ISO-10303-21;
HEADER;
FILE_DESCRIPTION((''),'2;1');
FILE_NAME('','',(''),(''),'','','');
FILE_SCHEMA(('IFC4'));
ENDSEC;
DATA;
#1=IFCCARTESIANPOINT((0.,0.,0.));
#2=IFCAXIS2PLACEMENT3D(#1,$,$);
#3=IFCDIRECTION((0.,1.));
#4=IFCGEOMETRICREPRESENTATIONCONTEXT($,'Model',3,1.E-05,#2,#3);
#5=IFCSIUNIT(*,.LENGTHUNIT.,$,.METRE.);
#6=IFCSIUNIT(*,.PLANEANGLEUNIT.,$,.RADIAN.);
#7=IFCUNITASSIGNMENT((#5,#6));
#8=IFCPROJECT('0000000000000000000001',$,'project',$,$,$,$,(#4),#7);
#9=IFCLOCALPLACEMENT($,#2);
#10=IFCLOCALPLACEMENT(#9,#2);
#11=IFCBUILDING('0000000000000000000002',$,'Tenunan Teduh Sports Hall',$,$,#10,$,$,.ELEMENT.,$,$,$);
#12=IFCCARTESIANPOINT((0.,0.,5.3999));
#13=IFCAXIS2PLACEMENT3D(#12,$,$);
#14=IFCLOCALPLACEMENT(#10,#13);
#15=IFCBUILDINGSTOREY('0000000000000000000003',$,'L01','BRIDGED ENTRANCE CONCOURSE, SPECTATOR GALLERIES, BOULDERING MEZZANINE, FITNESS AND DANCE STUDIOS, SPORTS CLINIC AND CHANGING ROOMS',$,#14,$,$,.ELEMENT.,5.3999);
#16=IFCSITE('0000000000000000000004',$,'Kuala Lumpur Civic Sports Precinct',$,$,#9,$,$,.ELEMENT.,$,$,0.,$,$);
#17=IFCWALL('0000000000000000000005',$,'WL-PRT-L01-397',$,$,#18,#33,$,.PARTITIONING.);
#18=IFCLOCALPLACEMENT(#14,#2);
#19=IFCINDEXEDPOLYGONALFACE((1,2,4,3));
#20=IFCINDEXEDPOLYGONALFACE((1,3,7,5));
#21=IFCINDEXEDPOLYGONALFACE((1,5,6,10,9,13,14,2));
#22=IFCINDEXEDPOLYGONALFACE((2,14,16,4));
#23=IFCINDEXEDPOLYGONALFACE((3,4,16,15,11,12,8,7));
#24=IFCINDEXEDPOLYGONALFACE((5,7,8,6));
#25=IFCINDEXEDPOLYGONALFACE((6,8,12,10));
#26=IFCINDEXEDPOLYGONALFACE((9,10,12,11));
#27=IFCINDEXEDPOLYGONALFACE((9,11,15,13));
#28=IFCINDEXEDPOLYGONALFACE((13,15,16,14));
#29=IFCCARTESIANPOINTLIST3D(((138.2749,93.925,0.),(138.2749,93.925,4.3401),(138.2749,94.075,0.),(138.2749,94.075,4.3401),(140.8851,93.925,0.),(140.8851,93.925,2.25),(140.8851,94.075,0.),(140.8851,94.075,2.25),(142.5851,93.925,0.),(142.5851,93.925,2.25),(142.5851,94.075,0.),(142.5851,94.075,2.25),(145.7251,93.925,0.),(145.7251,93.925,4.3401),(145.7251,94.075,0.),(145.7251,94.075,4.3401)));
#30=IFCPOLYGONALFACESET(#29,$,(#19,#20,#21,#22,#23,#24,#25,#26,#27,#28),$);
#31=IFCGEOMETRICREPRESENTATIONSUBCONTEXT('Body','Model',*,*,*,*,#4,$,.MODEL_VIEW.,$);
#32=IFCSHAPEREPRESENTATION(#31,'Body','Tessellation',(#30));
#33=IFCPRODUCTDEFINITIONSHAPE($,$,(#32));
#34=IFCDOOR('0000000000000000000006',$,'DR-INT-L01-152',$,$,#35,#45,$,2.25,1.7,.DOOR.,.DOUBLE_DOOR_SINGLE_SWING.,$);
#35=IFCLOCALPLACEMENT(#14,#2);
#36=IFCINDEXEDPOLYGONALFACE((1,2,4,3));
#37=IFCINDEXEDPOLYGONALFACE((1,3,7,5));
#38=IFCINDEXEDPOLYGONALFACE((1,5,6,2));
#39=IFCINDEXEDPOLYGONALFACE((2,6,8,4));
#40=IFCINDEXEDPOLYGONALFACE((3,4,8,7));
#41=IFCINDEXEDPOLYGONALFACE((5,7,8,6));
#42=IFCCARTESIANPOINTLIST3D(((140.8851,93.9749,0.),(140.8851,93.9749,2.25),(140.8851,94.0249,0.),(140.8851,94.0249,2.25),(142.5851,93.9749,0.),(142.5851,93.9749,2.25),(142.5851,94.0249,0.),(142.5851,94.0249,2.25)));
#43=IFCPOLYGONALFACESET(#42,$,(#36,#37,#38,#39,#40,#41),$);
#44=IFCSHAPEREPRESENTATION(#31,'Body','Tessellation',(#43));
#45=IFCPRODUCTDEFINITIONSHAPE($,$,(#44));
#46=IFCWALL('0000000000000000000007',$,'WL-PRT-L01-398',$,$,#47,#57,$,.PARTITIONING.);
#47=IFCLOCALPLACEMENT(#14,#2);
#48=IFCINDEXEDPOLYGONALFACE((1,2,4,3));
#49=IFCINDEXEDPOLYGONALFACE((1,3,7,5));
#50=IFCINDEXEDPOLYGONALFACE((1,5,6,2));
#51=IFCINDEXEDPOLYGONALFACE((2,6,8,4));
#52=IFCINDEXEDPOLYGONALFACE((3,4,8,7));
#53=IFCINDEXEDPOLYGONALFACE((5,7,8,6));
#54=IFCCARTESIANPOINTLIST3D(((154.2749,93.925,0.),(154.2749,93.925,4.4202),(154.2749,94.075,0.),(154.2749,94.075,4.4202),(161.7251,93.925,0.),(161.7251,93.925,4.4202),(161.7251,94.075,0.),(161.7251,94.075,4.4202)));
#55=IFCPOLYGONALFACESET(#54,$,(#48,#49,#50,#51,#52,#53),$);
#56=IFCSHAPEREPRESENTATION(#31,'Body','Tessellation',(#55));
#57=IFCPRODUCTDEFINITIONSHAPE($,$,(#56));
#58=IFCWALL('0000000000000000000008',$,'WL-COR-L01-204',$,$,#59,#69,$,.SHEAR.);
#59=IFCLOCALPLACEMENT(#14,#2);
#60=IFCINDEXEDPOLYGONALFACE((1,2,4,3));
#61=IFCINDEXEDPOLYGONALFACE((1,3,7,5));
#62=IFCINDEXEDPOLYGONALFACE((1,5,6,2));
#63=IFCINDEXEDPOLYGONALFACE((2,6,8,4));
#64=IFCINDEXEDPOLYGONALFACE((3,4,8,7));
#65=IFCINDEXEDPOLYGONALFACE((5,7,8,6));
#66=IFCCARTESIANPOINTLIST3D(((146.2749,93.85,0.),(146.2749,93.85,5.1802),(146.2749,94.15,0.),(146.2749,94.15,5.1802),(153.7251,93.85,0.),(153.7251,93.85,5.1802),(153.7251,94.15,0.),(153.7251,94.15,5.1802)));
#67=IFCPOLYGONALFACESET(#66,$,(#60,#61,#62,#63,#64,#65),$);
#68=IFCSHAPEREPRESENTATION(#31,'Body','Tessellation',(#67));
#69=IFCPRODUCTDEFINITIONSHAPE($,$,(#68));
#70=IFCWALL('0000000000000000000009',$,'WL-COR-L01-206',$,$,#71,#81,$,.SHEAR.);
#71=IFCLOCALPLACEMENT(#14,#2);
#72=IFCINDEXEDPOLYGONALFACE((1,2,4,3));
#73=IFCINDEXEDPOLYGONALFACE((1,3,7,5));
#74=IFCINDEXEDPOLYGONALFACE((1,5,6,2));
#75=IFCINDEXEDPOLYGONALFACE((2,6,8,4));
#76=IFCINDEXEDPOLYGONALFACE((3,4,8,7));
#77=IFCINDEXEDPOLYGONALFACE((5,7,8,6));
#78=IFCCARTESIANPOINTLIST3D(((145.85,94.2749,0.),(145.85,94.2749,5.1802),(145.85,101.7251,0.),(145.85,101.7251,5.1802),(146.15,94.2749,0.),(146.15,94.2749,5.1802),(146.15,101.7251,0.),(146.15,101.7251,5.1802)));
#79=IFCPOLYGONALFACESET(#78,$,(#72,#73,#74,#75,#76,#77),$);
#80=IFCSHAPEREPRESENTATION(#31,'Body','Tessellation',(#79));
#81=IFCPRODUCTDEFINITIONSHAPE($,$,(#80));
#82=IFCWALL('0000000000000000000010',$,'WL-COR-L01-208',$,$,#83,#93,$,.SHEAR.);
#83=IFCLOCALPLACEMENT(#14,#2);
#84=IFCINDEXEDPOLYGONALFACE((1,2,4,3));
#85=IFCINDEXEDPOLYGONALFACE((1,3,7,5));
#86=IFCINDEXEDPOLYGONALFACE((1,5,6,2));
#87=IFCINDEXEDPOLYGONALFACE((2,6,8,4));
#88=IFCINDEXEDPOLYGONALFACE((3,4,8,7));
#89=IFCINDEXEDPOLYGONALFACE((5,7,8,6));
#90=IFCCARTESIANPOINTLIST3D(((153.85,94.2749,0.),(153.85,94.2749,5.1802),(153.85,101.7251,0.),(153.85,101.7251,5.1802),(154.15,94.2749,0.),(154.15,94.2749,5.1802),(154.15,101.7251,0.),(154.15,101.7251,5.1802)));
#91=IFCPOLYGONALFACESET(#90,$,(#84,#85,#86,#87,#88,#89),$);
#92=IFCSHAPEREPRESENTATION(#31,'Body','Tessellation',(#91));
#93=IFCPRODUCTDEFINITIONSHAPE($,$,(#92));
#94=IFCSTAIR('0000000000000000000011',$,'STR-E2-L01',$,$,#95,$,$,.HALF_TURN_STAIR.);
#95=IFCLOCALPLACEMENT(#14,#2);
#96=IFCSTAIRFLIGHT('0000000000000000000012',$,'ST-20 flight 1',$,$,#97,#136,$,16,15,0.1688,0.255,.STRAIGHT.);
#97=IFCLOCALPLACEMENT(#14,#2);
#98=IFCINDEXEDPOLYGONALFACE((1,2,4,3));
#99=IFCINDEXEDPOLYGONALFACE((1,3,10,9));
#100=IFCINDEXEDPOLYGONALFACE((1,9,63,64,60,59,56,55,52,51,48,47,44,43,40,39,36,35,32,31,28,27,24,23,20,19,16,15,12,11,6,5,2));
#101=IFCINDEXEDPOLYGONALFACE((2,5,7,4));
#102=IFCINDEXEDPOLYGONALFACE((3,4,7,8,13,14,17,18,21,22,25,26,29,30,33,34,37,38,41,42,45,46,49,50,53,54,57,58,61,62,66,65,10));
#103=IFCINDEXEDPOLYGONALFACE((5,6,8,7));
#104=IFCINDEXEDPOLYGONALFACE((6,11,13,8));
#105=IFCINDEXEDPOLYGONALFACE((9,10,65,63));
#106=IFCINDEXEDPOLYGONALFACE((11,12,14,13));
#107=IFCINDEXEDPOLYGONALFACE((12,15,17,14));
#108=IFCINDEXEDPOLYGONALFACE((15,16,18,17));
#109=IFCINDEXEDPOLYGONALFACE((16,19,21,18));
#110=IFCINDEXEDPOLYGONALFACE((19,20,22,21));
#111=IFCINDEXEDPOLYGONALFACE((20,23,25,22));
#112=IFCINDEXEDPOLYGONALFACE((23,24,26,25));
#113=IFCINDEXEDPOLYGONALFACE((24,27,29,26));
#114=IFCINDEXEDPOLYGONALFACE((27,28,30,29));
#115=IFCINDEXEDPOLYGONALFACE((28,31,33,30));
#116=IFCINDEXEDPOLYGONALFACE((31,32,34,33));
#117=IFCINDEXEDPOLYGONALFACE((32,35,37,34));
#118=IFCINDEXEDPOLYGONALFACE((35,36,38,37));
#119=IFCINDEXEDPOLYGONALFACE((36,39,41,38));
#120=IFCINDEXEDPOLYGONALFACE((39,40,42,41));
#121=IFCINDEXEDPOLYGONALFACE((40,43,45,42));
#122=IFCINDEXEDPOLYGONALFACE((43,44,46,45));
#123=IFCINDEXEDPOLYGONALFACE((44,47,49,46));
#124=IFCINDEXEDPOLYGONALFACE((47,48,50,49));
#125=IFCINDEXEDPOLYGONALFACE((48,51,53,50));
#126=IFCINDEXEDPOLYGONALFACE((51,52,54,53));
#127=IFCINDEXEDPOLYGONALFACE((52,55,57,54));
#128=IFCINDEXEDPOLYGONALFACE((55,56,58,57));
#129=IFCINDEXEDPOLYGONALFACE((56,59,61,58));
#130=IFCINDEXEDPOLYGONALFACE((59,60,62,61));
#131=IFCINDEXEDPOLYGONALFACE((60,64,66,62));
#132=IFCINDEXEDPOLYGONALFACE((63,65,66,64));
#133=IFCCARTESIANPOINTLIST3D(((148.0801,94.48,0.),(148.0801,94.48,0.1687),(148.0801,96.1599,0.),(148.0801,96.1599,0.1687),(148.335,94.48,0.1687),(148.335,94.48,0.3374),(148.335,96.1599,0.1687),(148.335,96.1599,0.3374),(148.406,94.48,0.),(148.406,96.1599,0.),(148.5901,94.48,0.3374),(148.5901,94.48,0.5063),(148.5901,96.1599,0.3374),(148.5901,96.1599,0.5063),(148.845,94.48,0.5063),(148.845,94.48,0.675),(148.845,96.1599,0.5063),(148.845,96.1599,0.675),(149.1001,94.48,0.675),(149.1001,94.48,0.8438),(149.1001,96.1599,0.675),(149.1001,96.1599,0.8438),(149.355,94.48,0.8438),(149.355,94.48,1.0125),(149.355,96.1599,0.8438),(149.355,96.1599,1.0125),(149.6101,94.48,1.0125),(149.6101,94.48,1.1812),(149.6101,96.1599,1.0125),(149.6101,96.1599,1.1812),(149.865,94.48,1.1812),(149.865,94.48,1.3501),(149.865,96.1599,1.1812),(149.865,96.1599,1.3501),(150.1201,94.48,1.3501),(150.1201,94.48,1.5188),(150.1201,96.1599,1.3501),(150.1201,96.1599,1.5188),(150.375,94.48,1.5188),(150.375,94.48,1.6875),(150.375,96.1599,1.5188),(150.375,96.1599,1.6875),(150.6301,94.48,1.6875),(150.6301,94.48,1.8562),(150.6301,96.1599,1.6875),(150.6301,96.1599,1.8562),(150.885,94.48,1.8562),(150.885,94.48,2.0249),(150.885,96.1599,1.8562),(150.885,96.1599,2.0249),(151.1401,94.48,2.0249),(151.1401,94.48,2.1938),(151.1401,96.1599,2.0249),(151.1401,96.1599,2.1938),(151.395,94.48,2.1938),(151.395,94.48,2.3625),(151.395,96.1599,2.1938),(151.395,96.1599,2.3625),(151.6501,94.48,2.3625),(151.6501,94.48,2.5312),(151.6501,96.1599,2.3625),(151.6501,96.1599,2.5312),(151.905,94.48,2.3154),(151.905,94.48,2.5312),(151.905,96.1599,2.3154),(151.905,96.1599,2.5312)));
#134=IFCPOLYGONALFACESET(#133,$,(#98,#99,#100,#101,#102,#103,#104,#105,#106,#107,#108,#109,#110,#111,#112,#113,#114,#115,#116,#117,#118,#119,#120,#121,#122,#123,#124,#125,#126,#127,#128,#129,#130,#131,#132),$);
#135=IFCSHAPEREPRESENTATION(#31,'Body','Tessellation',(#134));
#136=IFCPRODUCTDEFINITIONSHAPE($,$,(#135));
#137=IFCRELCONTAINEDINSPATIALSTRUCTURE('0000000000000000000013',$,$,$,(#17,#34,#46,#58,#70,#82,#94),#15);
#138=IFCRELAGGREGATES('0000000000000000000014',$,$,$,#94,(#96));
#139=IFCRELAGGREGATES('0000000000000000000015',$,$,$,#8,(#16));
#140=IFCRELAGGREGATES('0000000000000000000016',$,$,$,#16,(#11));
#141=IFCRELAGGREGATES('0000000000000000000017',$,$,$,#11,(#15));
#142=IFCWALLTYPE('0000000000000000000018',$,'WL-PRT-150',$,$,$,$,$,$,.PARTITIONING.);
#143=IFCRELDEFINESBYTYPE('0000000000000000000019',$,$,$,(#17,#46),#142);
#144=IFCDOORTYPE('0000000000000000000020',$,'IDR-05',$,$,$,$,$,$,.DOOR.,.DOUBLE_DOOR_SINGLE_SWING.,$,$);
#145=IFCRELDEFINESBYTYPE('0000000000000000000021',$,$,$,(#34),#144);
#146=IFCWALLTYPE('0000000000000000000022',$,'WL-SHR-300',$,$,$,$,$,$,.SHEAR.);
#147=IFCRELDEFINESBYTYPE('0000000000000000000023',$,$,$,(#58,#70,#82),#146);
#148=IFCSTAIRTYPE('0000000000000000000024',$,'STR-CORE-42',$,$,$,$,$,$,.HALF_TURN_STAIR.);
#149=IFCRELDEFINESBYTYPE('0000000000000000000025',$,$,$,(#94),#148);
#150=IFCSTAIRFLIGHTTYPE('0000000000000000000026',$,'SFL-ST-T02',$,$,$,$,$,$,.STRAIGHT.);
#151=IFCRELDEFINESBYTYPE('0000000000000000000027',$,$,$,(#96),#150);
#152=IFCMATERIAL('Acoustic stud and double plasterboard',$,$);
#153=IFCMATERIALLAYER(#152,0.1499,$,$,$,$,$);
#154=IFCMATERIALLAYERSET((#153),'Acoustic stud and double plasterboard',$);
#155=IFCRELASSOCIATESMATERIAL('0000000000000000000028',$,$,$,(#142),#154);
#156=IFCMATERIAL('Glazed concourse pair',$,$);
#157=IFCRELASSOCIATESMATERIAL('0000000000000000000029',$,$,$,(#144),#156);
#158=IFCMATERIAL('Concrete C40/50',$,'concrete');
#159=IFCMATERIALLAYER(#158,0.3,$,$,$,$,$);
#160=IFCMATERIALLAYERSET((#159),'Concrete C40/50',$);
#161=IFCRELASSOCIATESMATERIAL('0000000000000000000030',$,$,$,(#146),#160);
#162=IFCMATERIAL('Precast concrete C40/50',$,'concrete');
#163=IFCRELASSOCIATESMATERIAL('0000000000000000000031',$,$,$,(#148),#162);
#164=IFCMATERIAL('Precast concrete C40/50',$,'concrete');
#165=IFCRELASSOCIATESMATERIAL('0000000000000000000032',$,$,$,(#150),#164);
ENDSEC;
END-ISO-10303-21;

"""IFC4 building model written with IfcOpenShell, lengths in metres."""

from ifc_helpers import new_model, si_unit, direction, frame, frame_2d, origin, place, context, subcontext, project, spatial, polyline, rectangle, outline, extrude, material, layer, layer_set, type_object, element, fill, aggregate, save


model = new_model("IFC4")

# Units and contexts
model_context = context("Model", 3, precision=1e-05, world=origin(), true_north=direction((0.0, 1.0)))
body_context = subcontext(model_context, "Body", "Model", "MODEL_VIEW")
ifc_project = project(units=[si_unit("LENGTHUNIT", "METRE"), si_unit("PLANEANGLEUNIT", "RADIAN")], contexts=[model_context])

# Site, building, storey
site_placement = place(None, origin())
site = spatial("IfcSite", under=ifc_project, at=site_placement, Name="Kuala Lumpur Civic Sports Precinct", CompositionType="ELEMENT", RefElevation=0.0)
building_placement = place(site_placement, origin())
building = spatial("IfcBuilding", under=site, at=building_placement, Name="Tenunan Teduh Sports Hall", CompositionType="ELEMENT")
storey_placement = place(building_placement, frame((0.0, 0.0, 5.3999)))
storey = spatial("IfcBuildingStorey", under=building, at=storey_placement, Name="L01", Description="BRIDGED ENTRANCE CONCOURSE, SPECTATOR GALLERIES, BOULDERING MEZZANINE, FITNESS AND DANCE STUDIOS, SPORTS CLINIC AND CHANGING ROOMS", CompositionType="ELEMENT", Elevation=5.3999)

# Wall, opening, door
ifc_material_1 = material(Name="Acoustic stud and double plasterboard")
ifc_layer_1 = layer(ifc_material_1, 0.1499)
ifc_layer_set_1 = layer_set([ifc_layer_1], Name="Acoustic stud and double plasterboard")
wall_type_1 = type_object("IfcWallType", Name="WL-PRT-150", PredefinedType="PARTITIONING", material=ifc_layer_set_1)
wall_1_placement = place(storey_placement, frame((138.2749, 94.0, 0.0), z_axis=(0.0, 0.0, 1.0), x_axis=(1.0, 0.0, 0.0)))
wall_1 = element("IfcWall", 1, at=wall_1_placement, inside=storey, type_object=wall_type_1, Name="WL-PRT-L01-397", PredefinedType="PARTITIONING", context=body_context, shape_type="SweptSolid", body=[
    extrude(rectangle(XDim=7.4502, YDim=0.1499, at=frame_2d((3.7251, 0.0))), origin(), (0.0, 0.0, 1.0), 4.3401),
])
opening_1_placement = place(wall_1_placement, frame((2.6101, 0.0, 0.0)))
opening_1 = element("IfcOpeningElement", 2, at=opening_1_placement, cuts=wall_1, PredefinedType="OPENING", context=body_context, shape_type="SweptSolid", body=[
    extrude(rectangle(XDim=1.7, YDim=2.25, at=frame_2d((0.8501, 1.125))), frame((0.0, 0.085, 0.0), z_axis=(0.0, -1.0, 0.0), x_axis=(1.0, 0.0, 0.0)), (0.0, 0.0, 1.0), 0.1699),
])
ifc_material_2 = material(Name="Glazed concourse pair")
door_type_1 = type_object("IfcDoorType", Name="IDR-05", OperationType="DOUBLE_DOOR_SINGLE_SWING", PredefinedType="DOOR", material=ifc_material_2)
door_1_placement = place(opening_1_placement, origin())
door_1 = element("IfcDoor", 3, at=door_1_placement, inside=storey, type_object=door_type_1, Name="DR-INT-L01-152", OperationType="DOUBLE_DOOR_SINGLE_SWING", OverallHeight=2.25, OverallWidth=1.7, PredefinedType="DOOR", context=body_context, shape_type="SweptSolid", body=[
    extrude(rectangle(XDim=1.7, YDim=2.25, at=frame_2d((0.8501, 1.125))), frame((0.0, 0.0249, 0.0), z_axis=(0.0, -1.0, 0.0), x_axis=(1.0, 0.0, 0.0)), (0.0, 0.0, 1.0), 0.05),
])
fill(opening_1, door_1)

# Walls
wall_2_placement = place(storey_placement, frame((154.2749, 94.0, 0.0), z_axis=(0.0, 0.0, 1.0), x_axis=(1.0, 0.0, 0.0)))
element("IfcWall", 4, at=wall_2_placement, inside=storey, type_object=wall_type_1, Name="WL-PRT-L01-398", PredefinedType="PARTITIONING", context=body_context, shape_type="SweptSolid", body=[
    extrude(rectangle(XDim=7.4502, YDim=0.1499, at=frame_2d((3.7251, 0.0))), origin(), (0.0, 0.0, 1.0), 4.4202),
])
ifc_material_3 = material(Name="Concrete C40/50", Category="concrete")
ifc_layer_2 = layer(ifc_material_3, 0.3)
ifc_layer_set_2 = layer_set([ifc_layer_2], Name="Concrete C40/50")
wall_type_2 = type_object("IfcWallType", Name="WL-SHR-300", PredefinedType="SHEAR", material=ifc_layer_set_2)
for number, where, z_axis, x_axis, name in (
    (5, (146.2749, 94.0, 0.0), (0.0, 0.0, 1.0), (1.0, 0.0, 0.0), "WL-COR-L01-204"),
    (6, (146.0, 94.2749, 0.0), (0.0, 0.0, 1.0), (0.0, 1.0, 0.0), "WL-COR-L01-206"),
    (7, (154.0, 94.2749, 0.0), (0.0, 0.0, 1.0), (0.0, 1.0, 0.0), "WL-COR-L01-208"),
):
    element("IfcWall", number, at=place(storey_placement, frame(where, z_axis=z_axis, x_axis=x_axis)), inside=storey, type_object=wall_type_2, Name=name, PredefinedType="SHEAR", context=body_context, shape_type="SweptSolid", body=[
        extrude(rectangle(XDim=7.4502, YDim=0.3, at=frame_2d((3.7251, 0.0))), origin(), (0.0, 0.0, 1.0), 5.1802),
    ])

# Stair, stair flight
ifc_material_4 = material(Name="Precast concrete C40/50", Category="concrete")
stair_type = type_object("IfcStairType", Name="STR-CORE-42", PredefinedType="HALF_TURN_STAIR", material=ifc_material_4)
stair_placement = place(storey_placement, origin())
stair = element("IfcStair", 8, at=stair_placement, inside=storey, type_object=stair_type, Name="STR-E2-L01", PredefinedType="HALF_TURN_STAIR")
ifc_material_5 = material(Name="Precast concrete C40/50", Category="concrete")
stair_flight_type = type_object("IfcStairFlightType", Name="SFL-ST-T02", PredefinedType="STRAIGHT", material=ifc_material_5)
stair_flight_placement = place(storey_placement, frame((148.0801, 95.3201, 0.0), z_axis=(0.0, 0.0, 1.0), x_axis=(1.0, 0.0, 0.0)))
stair_flight = element("IfcStairFlight", 9, at=stair_flight_placement, type_object=stair_flight_type, Name="ST-20 flight 1", NumberOfRisers=16, NumberOfTreads=15, PredefinedType="STRAIGHT", RiserHeight=0.1688, TreadLength=0.255, context=body_context, shape_type="SweptSolid", body=[
    extrude(outline(polyline([(0.0, 0.0), (0.0, 0.1687), (0.2549, 0.1687), (0.2549, 0.3374), (0.51, 0.3374), (0.51, 0.5063), (0.7649, 0.5063), (0.7649, 0.675), (1.02, 0.675), (1.02, 0.8438), (1.2749, 0.8438), (1.2749, 1.0125), (1.53, 1.0125), (1.53, 1.1812), (1.7849, 1.1812), (1.7849, 1.3501), (2.04, 1.3501), (2.04, 1.5188), (2.2949, 1.5188), (2.2949, 1.6875), (2.55, 1.6875), (2.55, 1.8562), (2.8049, 1.8562), (2.8049, 2.0249), (3.0601, 2.0249), (3.0601, 2.1938), (3.3149, 2.1938), (3.3149, 2.3625), (3.5701, 2.3625), (3.5701, 2.5312), (3.825, 2.5312), (3.825, 2.7), (3.825, 2.3154), (0.3259, 0.0), (0.0, 0.0)])), frame((0.0, 0.8398, 0.0), z_axis=(0.0, -1.0, 0.0), x_axis=(1.0, 0.0, 0.0)), (0.0, 0.0, 1.0), 1.6799),
])

aggregate(stair, [stair_flight])

save(model, "model.ifc")
